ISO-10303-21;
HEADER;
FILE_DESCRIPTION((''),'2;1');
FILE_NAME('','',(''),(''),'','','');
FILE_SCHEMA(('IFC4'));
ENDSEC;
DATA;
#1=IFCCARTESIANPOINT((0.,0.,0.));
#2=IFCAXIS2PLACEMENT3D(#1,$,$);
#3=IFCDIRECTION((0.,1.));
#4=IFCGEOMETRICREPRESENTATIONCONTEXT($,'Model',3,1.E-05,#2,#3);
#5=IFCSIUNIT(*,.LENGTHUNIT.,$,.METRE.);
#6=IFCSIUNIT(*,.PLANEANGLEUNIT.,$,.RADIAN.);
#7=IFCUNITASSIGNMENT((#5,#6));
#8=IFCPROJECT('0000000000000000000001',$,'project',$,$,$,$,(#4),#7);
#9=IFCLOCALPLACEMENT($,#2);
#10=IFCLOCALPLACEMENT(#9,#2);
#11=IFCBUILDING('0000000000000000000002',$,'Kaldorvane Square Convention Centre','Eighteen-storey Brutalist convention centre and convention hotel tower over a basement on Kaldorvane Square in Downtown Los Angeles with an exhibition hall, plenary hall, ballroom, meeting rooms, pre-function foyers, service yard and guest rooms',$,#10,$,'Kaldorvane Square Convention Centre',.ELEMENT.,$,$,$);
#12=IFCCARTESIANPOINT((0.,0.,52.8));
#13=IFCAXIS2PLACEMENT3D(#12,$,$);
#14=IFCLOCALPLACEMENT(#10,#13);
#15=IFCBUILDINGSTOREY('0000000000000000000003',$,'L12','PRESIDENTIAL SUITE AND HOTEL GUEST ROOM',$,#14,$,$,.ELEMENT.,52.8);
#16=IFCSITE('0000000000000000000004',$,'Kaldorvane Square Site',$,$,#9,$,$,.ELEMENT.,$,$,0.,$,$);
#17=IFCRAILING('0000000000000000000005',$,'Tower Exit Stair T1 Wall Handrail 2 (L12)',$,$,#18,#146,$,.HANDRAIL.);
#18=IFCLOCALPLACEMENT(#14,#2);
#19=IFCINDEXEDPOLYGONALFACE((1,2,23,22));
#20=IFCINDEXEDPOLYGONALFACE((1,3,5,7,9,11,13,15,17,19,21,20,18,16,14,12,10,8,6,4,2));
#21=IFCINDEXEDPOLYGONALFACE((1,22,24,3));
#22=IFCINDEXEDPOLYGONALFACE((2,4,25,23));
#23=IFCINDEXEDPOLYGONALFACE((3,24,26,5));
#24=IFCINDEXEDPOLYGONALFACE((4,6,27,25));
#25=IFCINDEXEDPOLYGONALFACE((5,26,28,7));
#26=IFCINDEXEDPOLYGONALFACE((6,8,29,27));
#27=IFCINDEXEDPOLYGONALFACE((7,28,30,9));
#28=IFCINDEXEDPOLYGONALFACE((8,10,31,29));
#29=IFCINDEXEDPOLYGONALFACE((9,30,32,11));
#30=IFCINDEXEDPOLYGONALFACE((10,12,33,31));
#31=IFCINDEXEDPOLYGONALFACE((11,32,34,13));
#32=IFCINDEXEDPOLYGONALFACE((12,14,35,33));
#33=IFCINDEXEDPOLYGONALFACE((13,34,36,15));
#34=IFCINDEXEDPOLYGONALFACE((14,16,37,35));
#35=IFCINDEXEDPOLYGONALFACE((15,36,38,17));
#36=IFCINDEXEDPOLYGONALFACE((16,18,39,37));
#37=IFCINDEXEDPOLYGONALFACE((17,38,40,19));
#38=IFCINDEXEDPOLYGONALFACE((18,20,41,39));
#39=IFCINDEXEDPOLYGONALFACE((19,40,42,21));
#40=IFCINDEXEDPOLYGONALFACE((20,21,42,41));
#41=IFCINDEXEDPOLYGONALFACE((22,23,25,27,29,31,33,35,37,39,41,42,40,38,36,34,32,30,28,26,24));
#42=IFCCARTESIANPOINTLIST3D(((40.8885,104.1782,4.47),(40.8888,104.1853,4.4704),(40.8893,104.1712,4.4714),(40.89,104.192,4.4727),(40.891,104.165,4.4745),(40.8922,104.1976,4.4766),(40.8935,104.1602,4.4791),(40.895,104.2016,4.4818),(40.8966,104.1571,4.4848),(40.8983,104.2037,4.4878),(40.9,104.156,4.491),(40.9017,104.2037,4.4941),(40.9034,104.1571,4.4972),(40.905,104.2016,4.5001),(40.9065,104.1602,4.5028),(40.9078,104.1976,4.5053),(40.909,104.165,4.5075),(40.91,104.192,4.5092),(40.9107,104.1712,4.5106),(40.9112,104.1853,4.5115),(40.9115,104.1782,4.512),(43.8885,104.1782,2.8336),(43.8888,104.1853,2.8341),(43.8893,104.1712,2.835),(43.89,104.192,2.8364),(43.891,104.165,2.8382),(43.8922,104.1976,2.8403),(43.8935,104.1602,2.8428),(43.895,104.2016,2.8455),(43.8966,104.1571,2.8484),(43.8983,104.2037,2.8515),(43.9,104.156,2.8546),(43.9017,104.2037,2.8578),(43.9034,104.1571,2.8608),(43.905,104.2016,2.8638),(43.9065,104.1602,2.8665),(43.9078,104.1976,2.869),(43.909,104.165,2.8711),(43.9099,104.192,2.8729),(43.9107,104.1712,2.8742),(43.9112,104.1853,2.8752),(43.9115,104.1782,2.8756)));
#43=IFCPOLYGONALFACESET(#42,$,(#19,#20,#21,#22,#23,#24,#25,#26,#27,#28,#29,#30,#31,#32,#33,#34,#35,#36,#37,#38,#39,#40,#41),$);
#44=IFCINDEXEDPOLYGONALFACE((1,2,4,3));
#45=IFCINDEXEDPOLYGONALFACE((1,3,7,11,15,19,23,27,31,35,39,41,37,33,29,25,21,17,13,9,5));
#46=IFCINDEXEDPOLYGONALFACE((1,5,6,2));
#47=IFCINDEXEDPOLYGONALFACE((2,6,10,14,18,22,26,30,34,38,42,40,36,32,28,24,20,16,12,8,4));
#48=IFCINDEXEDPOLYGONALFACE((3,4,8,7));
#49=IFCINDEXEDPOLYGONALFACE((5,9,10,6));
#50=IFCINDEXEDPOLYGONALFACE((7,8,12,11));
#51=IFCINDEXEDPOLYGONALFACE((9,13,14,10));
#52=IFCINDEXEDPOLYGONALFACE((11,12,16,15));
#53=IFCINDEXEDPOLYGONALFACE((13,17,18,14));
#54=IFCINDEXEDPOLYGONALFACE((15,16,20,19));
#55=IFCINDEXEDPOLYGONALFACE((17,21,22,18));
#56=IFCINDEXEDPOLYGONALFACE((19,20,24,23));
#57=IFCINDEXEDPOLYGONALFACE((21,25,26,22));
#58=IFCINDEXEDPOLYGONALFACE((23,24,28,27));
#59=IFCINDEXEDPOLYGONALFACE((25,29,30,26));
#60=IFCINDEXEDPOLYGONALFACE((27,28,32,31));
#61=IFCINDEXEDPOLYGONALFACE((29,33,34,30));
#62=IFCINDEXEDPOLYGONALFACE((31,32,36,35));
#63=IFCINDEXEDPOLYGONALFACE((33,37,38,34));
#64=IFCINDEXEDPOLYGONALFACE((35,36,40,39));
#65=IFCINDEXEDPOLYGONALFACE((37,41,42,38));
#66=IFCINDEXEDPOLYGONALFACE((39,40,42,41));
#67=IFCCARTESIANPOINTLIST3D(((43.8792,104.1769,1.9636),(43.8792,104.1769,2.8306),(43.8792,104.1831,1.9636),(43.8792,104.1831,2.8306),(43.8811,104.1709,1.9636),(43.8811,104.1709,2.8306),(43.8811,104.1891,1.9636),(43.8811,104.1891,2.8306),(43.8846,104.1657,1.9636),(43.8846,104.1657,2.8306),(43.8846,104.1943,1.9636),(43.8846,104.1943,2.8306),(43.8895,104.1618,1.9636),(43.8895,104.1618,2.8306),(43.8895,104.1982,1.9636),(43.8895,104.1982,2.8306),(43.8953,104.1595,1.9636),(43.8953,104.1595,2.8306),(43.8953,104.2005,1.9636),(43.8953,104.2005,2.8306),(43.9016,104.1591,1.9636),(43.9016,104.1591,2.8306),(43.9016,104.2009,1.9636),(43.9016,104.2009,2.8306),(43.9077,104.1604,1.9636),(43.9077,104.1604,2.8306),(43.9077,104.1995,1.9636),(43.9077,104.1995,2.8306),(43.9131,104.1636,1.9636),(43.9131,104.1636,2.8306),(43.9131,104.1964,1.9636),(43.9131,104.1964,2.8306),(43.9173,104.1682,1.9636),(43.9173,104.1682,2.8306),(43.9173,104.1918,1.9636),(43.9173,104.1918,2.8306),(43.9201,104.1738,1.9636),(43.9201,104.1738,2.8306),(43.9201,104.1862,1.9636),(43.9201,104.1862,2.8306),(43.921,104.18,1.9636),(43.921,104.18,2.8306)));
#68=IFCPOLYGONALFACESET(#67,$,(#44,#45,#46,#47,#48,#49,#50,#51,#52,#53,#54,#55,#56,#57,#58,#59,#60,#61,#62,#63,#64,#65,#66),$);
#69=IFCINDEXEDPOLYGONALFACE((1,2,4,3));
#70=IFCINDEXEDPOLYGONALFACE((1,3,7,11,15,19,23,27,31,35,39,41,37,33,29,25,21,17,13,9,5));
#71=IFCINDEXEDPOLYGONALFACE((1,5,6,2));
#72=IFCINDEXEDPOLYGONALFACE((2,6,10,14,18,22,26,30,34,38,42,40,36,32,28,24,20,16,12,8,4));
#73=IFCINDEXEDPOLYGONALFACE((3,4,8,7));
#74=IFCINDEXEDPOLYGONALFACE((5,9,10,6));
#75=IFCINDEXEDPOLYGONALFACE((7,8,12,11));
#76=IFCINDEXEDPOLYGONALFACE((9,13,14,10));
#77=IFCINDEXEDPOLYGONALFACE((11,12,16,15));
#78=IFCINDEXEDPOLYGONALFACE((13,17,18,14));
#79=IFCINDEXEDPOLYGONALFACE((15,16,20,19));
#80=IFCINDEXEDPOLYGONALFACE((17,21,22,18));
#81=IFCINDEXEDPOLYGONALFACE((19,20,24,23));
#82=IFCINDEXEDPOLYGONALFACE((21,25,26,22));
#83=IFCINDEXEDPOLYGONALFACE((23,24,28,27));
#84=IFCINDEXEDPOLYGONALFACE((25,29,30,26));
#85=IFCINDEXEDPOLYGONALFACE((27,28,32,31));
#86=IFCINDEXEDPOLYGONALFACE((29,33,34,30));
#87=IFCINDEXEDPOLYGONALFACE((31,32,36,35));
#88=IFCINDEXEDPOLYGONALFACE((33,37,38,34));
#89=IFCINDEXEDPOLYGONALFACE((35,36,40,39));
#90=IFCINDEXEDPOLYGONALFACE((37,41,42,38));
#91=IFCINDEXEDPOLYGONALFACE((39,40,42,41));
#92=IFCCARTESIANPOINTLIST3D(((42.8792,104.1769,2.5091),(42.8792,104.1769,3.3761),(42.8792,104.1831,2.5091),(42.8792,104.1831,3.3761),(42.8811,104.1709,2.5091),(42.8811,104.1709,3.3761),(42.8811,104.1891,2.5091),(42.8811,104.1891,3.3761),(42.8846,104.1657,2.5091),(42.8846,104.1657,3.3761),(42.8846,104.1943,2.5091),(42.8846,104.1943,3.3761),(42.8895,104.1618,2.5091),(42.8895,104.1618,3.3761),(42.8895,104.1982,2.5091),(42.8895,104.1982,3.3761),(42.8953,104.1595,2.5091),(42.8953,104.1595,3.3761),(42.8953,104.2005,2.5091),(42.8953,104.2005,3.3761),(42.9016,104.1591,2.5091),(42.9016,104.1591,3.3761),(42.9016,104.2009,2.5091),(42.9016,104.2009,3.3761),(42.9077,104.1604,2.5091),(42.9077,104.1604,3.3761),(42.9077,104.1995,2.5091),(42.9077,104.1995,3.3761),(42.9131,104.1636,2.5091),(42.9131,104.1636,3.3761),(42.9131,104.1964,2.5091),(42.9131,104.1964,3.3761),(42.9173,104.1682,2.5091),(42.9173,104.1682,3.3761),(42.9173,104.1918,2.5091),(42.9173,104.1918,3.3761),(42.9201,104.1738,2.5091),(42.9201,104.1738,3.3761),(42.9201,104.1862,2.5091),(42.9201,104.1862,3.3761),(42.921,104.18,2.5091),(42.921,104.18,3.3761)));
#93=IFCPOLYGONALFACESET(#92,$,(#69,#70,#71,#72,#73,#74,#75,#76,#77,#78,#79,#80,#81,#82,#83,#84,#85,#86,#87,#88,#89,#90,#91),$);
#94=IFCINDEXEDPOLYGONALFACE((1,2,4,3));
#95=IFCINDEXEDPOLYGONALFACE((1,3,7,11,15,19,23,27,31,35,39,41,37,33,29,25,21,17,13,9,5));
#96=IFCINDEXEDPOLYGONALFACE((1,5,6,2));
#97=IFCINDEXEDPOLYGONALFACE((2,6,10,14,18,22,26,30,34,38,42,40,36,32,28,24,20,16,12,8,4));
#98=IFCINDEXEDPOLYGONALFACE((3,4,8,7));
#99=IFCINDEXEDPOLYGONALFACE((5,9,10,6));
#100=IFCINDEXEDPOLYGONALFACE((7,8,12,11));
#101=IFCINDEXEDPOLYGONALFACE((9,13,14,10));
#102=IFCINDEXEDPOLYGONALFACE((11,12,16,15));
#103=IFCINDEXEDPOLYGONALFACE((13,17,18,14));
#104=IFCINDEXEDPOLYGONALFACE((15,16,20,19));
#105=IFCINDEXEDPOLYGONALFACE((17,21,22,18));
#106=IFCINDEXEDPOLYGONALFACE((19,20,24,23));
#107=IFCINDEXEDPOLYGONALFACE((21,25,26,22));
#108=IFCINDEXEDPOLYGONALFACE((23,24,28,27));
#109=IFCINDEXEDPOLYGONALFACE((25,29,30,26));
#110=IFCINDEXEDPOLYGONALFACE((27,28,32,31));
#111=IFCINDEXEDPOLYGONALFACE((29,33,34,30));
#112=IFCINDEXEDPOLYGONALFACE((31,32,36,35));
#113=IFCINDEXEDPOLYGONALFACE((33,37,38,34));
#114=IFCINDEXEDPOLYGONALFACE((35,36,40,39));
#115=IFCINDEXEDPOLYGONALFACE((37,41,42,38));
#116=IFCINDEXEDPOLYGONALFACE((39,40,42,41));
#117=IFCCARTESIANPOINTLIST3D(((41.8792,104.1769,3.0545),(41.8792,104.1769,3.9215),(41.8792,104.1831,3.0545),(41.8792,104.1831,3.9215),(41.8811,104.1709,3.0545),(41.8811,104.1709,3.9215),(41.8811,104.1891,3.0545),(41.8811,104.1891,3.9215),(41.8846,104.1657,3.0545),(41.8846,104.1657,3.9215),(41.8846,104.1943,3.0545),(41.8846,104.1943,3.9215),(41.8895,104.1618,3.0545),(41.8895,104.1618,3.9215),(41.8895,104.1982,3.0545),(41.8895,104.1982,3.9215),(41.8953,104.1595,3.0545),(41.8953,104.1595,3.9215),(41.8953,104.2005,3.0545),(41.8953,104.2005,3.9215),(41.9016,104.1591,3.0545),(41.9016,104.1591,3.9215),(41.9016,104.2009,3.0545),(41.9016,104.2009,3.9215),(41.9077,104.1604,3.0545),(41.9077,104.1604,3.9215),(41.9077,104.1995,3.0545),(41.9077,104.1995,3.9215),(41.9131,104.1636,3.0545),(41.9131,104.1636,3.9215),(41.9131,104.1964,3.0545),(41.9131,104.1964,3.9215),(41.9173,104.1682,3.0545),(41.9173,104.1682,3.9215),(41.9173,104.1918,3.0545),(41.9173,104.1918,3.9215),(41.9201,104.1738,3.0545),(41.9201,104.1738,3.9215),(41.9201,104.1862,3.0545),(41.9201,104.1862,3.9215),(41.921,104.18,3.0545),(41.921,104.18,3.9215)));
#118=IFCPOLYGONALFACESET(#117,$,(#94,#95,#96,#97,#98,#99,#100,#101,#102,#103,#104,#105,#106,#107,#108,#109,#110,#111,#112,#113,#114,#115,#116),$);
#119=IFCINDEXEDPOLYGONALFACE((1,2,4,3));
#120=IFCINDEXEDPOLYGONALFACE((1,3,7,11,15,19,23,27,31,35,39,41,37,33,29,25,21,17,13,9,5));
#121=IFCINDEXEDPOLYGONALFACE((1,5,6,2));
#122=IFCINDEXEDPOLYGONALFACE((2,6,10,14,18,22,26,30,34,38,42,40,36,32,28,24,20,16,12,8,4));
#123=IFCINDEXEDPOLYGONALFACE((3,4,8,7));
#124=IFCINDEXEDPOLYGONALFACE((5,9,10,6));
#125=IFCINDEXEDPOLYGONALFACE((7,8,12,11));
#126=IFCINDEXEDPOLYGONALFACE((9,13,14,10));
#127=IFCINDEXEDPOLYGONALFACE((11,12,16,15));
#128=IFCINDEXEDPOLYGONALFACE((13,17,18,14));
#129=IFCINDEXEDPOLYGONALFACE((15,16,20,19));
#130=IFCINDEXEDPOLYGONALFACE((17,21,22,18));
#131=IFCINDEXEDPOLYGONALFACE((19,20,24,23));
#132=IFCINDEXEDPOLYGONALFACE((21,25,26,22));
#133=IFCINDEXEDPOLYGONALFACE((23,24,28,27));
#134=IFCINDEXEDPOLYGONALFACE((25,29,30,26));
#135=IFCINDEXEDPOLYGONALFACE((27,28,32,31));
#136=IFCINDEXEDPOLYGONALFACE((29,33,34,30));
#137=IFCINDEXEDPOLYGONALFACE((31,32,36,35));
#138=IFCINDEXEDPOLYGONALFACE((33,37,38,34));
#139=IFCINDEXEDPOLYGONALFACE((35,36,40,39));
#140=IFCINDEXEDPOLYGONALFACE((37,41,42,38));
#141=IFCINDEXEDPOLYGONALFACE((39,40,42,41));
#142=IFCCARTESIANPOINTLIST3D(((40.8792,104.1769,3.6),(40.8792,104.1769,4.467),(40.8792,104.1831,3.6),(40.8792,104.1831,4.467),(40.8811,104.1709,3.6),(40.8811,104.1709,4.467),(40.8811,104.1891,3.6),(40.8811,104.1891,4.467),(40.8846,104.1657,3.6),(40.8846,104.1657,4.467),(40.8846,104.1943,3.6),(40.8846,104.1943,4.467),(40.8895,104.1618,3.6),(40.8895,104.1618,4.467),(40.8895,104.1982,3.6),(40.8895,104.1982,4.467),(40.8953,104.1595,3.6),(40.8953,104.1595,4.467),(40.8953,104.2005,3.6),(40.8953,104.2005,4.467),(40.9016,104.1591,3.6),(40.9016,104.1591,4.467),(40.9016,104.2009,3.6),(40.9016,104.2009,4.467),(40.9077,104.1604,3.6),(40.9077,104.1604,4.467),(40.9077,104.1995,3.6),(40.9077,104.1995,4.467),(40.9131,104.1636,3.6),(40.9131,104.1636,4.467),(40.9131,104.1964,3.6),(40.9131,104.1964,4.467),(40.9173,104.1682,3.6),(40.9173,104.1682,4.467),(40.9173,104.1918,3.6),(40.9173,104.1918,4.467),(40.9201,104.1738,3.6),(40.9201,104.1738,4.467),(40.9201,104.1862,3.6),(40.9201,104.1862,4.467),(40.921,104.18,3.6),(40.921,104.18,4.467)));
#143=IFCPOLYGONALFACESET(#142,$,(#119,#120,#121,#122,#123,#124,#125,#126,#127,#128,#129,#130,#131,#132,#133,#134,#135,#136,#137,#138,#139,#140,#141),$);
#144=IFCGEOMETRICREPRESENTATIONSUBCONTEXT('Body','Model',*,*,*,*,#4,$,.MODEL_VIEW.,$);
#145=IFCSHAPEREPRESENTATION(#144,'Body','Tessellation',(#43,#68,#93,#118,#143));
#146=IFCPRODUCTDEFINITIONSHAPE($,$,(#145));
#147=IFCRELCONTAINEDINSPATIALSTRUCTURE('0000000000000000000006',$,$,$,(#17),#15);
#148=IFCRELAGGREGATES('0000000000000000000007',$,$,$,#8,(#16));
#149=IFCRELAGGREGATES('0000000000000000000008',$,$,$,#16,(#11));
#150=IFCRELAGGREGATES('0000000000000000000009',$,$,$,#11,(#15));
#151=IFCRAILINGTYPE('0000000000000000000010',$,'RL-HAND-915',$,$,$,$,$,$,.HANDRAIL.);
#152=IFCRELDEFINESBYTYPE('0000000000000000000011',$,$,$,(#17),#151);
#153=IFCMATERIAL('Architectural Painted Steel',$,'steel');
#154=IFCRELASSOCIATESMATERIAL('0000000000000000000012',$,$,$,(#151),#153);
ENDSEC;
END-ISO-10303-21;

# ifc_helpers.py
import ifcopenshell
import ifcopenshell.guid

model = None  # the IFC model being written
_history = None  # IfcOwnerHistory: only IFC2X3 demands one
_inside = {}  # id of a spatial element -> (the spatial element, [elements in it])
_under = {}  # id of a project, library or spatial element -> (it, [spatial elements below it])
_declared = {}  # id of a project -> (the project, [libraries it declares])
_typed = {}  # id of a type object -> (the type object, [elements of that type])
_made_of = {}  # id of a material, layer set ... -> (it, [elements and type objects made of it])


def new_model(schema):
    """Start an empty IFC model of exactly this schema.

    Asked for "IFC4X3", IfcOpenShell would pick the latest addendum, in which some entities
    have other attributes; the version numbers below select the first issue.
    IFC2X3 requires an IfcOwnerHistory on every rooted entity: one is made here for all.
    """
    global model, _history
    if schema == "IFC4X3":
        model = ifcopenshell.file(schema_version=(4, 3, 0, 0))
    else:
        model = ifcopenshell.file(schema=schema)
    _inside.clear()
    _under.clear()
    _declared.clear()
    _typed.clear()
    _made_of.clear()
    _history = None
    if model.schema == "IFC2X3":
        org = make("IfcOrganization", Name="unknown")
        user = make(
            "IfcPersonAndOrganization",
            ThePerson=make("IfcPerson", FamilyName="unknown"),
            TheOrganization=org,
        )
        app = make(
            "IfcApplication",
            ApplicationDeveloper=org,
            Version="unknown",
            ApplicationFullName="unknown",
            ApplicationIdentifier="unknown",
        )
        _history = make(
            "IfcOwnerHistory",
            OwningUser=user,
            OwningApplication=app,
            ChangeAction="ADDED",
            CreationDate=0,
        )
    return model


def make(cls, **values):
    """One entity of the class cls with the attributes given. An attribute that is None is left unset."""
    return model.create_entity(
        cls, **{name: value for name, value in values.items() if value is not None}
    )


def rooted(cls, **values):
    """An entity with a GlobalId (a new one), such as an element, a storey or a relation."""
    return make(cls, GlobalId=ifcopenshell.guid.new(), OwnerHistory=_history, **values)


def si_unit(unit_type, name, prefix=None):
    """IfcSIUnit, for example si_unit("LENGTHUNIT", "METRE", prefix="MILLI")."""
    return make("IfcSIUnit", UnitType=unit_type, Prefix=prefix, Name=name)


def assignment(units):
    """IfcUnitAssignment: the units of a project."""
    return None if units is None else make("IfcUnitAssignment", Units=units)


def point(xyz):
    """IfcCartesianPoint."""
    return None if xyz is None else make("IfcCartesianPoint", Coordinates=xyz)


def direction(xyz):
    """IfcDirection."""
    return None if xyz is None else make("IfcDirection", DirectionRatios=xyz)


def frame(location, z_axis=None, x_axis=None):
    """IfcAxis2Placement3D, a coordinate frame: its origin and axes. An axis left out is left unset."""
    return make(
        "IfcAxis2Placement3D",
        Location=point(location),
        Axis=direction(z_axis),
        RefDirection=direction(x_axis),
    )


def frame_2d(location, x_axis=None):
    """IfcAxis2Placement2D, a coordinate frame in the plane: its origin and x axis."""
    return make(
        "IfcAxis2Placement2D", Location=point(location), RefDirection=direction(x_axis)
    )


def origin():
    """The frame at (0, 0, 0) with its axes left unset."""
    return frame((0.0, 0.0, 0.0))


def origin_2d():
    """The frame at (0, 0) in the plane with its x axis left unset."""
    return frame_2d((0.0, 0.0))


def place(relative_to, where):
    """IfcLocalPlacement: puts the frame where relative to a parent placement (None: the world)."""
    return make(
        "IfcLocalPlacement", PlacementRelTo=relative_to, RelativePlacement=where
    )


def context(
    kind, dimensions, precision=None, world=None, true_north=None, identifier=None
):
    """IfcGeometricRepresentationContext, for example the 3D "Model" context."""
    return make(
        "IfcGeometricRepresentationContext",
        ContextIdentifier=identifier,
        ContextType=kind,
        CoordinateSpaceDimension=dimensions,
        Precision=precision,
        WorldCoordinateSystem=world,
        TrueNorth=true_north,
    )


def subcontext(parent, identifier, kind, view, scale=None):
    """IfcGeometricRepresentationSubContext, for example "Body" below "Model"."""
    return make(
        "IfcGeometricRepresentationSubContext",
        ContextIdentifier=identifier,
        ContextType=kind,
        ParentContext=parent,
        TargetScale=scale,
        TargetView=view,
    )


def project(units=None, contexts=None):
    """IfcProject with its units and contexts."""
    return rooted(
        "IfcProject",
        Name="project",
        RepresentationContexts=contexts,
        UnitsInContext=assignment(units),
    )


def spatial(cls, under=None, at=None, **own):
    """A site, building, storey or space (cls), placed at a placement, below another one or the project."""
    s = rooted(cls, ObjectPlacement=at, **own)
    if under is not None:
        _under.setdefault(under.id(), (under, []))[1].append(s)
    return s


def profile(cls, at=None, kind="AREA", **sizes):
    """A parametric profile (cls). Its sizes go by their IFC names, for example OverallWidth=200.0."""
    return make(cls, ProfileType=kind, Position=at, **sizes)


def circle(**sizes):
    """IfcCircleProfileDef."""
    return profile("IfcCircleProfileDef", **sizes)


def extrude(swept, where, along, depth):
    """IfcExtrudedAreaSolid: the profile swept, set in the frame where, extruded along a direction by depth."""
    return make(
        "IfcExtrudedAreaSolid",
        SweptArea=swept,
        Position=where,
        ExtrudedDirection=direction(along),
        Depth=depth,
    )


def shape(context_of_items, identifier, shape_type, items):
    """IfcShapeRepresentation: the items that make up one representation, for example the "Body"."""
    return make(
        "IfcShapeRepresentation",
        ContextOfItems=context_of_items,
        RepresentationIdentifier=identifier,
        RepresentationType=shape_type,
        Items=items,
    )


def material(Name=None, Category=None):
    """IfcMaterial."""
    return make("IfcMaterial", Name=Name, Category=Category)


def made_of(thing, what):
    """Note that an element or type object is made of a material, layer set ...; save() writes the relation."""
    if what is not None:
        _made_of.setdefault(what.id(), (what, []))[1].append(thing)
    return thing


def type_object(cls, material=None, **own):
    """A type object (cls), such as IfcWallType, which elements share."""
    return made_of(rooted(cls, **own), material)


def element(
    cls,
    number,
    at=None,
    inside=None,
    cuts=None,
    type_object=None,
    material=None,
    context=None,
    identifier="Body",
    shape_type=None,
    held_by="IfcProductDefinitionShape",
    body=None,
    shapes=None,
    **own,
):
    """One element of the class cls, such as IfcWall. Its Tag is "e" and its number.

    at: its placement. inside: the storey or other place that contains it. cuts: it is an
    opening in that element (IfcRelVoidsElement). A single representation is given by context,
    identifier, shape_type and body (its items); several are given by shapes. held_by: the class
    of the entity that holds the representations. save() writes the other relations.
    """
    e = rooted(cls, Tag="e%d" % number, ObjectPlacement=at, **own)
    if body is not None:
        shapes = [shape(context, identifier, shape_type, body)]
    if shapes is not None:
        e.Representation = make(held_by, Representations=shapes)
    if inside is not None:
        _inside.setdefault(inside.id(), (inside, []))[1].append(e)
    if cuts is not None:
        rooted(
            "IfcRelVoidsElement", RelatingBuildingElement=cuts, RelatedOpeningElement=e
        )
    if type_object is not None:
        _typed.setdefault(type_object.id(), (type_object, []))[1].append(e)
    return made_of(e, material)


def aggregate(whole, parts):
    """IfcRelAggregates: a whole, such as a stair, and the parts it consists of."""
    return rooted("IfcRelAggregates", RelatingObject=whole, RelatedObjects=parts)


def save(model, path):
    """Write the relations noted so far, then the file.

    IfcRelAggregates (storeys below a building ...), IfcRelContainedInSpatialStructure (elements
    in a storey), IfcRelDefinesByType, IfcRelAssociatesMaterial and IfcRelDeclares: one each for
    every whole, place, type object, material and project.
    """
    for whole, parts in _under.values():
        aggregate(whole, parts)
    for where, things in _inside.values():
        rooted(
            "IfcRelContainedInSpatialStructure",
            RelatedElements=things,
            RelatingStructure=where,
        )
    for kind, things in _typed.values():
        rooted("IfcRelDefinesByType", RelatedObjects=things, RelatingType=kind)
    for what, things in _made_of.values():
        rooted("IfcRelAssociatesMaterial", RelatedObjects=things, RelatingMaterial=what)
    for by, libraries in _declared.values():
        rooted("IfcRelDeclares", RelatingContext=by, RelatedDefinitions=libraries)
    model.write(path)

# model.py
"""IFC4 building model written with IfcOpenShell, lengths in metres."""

from ifc_helpers import new_model, si_unit, direction, frame, origin, origin_2d, place, context, subcontext, project, spatial, circle, extrude, material, type_object, element, save


model = new_model("IFC4")

# Units and contexts
model_context = context("Model", 3, precision=1e-05, world=origin(), true_north=direction((0.0, 1.0)))
body_context = subcontext(model_context, "Body", "Model", "MODEL_VIEW")
ifc_project = project(units=[si_unit("LENGTHUNIT", "METRE"), si_unit("PLANEANGLEUNIT", "RADIAN")], contexts=[model_context])

# Site, building, storey
site_placement = place(None, origin())
site = spatial("IfcSite", under=ifc_project, at=site_placement, Name="Kaldorvane Square Site", CompositionType="ELEMENT", RefElevation=0.0)
building_placement = place(site_placement, origin())
building = spatial("IfcBuilding", under=site, at=building_placement, Name="Kaldorvane Square Convention Centre", Description="Eighteen-storey Brutalist convention centre and convention hotel tower over a basement on Kaldorvane Square in Downtown Los Angeles with an exhibition hall, plenary hall, ballroom, meeting rooms, pre-function foyers, service yard and guest rooms", LongName="Kaldorvane Square Convention Centre", CompositionType="ELEMENT")
storey_placement = place(building_placement, frame((0.0, 0.0, 52.8)))
storey = spatial("IfcBuildingStorey", under=building, at=storey_placement, Name="L12", Description="PRESIDENTIAL SUITE AND HOTEL GUEST ROOM", CompositionType="ELEMENT", Elevation=52.8)

# Railing
ifc_material_1 = material(Name="Architectural Painted Steel", Category="steel")
railing_type_1 = type_object("IfcRailingType", Name="RL-HAND-915", PredefinedType="HANDRAIL", material=ifc_material_1)
railing_1_placement = place(storey_placement, frame((43.9, 104.18, 1.9636)))
element("IfcRailing", 1, at=railing_1_placement, inside=storey, type_object=railing_type_1, Name="Tower Exit Stair T1 Wall Handrail 2 (L12)", PredefinedType="HANDRAIL", context=body_context, shape_type="SweptSolid", body=[
    extrude(circle(Radius=0.024, at=origin_2d()), frame((0.0, 0.0, 0.891), z_axis=(-0.877897, 0.0, 0.47885), x_axis=(0.0, -1.0, 0.0)), (0.0, 0.0, 1.0), 3.4173),
    extrude(circle(Radius=0.021, at=origin_2d()), origin(), (0.0, 0.0, 1.0), 0.867),
    extrude(circle(Radius=0.021, at=origin_2d()), frame((-1.0, 0.0, 0.5455)), (0.0, 0.0, 1.0), 0.867),
    extrude(circle(Radius=0.021, at=origin_2d()), frame((-2.0, 0.0, 1.0909)), (0.0, 0.0, 1.0), 0.867),
    extrude(circle(Radius=0.021, at=origin_2d()), frame((-3.0, 0.0, 1.6364)), (0.0, 0.0, 1.0), 0.867),
])

save(model, "model.ifc")
